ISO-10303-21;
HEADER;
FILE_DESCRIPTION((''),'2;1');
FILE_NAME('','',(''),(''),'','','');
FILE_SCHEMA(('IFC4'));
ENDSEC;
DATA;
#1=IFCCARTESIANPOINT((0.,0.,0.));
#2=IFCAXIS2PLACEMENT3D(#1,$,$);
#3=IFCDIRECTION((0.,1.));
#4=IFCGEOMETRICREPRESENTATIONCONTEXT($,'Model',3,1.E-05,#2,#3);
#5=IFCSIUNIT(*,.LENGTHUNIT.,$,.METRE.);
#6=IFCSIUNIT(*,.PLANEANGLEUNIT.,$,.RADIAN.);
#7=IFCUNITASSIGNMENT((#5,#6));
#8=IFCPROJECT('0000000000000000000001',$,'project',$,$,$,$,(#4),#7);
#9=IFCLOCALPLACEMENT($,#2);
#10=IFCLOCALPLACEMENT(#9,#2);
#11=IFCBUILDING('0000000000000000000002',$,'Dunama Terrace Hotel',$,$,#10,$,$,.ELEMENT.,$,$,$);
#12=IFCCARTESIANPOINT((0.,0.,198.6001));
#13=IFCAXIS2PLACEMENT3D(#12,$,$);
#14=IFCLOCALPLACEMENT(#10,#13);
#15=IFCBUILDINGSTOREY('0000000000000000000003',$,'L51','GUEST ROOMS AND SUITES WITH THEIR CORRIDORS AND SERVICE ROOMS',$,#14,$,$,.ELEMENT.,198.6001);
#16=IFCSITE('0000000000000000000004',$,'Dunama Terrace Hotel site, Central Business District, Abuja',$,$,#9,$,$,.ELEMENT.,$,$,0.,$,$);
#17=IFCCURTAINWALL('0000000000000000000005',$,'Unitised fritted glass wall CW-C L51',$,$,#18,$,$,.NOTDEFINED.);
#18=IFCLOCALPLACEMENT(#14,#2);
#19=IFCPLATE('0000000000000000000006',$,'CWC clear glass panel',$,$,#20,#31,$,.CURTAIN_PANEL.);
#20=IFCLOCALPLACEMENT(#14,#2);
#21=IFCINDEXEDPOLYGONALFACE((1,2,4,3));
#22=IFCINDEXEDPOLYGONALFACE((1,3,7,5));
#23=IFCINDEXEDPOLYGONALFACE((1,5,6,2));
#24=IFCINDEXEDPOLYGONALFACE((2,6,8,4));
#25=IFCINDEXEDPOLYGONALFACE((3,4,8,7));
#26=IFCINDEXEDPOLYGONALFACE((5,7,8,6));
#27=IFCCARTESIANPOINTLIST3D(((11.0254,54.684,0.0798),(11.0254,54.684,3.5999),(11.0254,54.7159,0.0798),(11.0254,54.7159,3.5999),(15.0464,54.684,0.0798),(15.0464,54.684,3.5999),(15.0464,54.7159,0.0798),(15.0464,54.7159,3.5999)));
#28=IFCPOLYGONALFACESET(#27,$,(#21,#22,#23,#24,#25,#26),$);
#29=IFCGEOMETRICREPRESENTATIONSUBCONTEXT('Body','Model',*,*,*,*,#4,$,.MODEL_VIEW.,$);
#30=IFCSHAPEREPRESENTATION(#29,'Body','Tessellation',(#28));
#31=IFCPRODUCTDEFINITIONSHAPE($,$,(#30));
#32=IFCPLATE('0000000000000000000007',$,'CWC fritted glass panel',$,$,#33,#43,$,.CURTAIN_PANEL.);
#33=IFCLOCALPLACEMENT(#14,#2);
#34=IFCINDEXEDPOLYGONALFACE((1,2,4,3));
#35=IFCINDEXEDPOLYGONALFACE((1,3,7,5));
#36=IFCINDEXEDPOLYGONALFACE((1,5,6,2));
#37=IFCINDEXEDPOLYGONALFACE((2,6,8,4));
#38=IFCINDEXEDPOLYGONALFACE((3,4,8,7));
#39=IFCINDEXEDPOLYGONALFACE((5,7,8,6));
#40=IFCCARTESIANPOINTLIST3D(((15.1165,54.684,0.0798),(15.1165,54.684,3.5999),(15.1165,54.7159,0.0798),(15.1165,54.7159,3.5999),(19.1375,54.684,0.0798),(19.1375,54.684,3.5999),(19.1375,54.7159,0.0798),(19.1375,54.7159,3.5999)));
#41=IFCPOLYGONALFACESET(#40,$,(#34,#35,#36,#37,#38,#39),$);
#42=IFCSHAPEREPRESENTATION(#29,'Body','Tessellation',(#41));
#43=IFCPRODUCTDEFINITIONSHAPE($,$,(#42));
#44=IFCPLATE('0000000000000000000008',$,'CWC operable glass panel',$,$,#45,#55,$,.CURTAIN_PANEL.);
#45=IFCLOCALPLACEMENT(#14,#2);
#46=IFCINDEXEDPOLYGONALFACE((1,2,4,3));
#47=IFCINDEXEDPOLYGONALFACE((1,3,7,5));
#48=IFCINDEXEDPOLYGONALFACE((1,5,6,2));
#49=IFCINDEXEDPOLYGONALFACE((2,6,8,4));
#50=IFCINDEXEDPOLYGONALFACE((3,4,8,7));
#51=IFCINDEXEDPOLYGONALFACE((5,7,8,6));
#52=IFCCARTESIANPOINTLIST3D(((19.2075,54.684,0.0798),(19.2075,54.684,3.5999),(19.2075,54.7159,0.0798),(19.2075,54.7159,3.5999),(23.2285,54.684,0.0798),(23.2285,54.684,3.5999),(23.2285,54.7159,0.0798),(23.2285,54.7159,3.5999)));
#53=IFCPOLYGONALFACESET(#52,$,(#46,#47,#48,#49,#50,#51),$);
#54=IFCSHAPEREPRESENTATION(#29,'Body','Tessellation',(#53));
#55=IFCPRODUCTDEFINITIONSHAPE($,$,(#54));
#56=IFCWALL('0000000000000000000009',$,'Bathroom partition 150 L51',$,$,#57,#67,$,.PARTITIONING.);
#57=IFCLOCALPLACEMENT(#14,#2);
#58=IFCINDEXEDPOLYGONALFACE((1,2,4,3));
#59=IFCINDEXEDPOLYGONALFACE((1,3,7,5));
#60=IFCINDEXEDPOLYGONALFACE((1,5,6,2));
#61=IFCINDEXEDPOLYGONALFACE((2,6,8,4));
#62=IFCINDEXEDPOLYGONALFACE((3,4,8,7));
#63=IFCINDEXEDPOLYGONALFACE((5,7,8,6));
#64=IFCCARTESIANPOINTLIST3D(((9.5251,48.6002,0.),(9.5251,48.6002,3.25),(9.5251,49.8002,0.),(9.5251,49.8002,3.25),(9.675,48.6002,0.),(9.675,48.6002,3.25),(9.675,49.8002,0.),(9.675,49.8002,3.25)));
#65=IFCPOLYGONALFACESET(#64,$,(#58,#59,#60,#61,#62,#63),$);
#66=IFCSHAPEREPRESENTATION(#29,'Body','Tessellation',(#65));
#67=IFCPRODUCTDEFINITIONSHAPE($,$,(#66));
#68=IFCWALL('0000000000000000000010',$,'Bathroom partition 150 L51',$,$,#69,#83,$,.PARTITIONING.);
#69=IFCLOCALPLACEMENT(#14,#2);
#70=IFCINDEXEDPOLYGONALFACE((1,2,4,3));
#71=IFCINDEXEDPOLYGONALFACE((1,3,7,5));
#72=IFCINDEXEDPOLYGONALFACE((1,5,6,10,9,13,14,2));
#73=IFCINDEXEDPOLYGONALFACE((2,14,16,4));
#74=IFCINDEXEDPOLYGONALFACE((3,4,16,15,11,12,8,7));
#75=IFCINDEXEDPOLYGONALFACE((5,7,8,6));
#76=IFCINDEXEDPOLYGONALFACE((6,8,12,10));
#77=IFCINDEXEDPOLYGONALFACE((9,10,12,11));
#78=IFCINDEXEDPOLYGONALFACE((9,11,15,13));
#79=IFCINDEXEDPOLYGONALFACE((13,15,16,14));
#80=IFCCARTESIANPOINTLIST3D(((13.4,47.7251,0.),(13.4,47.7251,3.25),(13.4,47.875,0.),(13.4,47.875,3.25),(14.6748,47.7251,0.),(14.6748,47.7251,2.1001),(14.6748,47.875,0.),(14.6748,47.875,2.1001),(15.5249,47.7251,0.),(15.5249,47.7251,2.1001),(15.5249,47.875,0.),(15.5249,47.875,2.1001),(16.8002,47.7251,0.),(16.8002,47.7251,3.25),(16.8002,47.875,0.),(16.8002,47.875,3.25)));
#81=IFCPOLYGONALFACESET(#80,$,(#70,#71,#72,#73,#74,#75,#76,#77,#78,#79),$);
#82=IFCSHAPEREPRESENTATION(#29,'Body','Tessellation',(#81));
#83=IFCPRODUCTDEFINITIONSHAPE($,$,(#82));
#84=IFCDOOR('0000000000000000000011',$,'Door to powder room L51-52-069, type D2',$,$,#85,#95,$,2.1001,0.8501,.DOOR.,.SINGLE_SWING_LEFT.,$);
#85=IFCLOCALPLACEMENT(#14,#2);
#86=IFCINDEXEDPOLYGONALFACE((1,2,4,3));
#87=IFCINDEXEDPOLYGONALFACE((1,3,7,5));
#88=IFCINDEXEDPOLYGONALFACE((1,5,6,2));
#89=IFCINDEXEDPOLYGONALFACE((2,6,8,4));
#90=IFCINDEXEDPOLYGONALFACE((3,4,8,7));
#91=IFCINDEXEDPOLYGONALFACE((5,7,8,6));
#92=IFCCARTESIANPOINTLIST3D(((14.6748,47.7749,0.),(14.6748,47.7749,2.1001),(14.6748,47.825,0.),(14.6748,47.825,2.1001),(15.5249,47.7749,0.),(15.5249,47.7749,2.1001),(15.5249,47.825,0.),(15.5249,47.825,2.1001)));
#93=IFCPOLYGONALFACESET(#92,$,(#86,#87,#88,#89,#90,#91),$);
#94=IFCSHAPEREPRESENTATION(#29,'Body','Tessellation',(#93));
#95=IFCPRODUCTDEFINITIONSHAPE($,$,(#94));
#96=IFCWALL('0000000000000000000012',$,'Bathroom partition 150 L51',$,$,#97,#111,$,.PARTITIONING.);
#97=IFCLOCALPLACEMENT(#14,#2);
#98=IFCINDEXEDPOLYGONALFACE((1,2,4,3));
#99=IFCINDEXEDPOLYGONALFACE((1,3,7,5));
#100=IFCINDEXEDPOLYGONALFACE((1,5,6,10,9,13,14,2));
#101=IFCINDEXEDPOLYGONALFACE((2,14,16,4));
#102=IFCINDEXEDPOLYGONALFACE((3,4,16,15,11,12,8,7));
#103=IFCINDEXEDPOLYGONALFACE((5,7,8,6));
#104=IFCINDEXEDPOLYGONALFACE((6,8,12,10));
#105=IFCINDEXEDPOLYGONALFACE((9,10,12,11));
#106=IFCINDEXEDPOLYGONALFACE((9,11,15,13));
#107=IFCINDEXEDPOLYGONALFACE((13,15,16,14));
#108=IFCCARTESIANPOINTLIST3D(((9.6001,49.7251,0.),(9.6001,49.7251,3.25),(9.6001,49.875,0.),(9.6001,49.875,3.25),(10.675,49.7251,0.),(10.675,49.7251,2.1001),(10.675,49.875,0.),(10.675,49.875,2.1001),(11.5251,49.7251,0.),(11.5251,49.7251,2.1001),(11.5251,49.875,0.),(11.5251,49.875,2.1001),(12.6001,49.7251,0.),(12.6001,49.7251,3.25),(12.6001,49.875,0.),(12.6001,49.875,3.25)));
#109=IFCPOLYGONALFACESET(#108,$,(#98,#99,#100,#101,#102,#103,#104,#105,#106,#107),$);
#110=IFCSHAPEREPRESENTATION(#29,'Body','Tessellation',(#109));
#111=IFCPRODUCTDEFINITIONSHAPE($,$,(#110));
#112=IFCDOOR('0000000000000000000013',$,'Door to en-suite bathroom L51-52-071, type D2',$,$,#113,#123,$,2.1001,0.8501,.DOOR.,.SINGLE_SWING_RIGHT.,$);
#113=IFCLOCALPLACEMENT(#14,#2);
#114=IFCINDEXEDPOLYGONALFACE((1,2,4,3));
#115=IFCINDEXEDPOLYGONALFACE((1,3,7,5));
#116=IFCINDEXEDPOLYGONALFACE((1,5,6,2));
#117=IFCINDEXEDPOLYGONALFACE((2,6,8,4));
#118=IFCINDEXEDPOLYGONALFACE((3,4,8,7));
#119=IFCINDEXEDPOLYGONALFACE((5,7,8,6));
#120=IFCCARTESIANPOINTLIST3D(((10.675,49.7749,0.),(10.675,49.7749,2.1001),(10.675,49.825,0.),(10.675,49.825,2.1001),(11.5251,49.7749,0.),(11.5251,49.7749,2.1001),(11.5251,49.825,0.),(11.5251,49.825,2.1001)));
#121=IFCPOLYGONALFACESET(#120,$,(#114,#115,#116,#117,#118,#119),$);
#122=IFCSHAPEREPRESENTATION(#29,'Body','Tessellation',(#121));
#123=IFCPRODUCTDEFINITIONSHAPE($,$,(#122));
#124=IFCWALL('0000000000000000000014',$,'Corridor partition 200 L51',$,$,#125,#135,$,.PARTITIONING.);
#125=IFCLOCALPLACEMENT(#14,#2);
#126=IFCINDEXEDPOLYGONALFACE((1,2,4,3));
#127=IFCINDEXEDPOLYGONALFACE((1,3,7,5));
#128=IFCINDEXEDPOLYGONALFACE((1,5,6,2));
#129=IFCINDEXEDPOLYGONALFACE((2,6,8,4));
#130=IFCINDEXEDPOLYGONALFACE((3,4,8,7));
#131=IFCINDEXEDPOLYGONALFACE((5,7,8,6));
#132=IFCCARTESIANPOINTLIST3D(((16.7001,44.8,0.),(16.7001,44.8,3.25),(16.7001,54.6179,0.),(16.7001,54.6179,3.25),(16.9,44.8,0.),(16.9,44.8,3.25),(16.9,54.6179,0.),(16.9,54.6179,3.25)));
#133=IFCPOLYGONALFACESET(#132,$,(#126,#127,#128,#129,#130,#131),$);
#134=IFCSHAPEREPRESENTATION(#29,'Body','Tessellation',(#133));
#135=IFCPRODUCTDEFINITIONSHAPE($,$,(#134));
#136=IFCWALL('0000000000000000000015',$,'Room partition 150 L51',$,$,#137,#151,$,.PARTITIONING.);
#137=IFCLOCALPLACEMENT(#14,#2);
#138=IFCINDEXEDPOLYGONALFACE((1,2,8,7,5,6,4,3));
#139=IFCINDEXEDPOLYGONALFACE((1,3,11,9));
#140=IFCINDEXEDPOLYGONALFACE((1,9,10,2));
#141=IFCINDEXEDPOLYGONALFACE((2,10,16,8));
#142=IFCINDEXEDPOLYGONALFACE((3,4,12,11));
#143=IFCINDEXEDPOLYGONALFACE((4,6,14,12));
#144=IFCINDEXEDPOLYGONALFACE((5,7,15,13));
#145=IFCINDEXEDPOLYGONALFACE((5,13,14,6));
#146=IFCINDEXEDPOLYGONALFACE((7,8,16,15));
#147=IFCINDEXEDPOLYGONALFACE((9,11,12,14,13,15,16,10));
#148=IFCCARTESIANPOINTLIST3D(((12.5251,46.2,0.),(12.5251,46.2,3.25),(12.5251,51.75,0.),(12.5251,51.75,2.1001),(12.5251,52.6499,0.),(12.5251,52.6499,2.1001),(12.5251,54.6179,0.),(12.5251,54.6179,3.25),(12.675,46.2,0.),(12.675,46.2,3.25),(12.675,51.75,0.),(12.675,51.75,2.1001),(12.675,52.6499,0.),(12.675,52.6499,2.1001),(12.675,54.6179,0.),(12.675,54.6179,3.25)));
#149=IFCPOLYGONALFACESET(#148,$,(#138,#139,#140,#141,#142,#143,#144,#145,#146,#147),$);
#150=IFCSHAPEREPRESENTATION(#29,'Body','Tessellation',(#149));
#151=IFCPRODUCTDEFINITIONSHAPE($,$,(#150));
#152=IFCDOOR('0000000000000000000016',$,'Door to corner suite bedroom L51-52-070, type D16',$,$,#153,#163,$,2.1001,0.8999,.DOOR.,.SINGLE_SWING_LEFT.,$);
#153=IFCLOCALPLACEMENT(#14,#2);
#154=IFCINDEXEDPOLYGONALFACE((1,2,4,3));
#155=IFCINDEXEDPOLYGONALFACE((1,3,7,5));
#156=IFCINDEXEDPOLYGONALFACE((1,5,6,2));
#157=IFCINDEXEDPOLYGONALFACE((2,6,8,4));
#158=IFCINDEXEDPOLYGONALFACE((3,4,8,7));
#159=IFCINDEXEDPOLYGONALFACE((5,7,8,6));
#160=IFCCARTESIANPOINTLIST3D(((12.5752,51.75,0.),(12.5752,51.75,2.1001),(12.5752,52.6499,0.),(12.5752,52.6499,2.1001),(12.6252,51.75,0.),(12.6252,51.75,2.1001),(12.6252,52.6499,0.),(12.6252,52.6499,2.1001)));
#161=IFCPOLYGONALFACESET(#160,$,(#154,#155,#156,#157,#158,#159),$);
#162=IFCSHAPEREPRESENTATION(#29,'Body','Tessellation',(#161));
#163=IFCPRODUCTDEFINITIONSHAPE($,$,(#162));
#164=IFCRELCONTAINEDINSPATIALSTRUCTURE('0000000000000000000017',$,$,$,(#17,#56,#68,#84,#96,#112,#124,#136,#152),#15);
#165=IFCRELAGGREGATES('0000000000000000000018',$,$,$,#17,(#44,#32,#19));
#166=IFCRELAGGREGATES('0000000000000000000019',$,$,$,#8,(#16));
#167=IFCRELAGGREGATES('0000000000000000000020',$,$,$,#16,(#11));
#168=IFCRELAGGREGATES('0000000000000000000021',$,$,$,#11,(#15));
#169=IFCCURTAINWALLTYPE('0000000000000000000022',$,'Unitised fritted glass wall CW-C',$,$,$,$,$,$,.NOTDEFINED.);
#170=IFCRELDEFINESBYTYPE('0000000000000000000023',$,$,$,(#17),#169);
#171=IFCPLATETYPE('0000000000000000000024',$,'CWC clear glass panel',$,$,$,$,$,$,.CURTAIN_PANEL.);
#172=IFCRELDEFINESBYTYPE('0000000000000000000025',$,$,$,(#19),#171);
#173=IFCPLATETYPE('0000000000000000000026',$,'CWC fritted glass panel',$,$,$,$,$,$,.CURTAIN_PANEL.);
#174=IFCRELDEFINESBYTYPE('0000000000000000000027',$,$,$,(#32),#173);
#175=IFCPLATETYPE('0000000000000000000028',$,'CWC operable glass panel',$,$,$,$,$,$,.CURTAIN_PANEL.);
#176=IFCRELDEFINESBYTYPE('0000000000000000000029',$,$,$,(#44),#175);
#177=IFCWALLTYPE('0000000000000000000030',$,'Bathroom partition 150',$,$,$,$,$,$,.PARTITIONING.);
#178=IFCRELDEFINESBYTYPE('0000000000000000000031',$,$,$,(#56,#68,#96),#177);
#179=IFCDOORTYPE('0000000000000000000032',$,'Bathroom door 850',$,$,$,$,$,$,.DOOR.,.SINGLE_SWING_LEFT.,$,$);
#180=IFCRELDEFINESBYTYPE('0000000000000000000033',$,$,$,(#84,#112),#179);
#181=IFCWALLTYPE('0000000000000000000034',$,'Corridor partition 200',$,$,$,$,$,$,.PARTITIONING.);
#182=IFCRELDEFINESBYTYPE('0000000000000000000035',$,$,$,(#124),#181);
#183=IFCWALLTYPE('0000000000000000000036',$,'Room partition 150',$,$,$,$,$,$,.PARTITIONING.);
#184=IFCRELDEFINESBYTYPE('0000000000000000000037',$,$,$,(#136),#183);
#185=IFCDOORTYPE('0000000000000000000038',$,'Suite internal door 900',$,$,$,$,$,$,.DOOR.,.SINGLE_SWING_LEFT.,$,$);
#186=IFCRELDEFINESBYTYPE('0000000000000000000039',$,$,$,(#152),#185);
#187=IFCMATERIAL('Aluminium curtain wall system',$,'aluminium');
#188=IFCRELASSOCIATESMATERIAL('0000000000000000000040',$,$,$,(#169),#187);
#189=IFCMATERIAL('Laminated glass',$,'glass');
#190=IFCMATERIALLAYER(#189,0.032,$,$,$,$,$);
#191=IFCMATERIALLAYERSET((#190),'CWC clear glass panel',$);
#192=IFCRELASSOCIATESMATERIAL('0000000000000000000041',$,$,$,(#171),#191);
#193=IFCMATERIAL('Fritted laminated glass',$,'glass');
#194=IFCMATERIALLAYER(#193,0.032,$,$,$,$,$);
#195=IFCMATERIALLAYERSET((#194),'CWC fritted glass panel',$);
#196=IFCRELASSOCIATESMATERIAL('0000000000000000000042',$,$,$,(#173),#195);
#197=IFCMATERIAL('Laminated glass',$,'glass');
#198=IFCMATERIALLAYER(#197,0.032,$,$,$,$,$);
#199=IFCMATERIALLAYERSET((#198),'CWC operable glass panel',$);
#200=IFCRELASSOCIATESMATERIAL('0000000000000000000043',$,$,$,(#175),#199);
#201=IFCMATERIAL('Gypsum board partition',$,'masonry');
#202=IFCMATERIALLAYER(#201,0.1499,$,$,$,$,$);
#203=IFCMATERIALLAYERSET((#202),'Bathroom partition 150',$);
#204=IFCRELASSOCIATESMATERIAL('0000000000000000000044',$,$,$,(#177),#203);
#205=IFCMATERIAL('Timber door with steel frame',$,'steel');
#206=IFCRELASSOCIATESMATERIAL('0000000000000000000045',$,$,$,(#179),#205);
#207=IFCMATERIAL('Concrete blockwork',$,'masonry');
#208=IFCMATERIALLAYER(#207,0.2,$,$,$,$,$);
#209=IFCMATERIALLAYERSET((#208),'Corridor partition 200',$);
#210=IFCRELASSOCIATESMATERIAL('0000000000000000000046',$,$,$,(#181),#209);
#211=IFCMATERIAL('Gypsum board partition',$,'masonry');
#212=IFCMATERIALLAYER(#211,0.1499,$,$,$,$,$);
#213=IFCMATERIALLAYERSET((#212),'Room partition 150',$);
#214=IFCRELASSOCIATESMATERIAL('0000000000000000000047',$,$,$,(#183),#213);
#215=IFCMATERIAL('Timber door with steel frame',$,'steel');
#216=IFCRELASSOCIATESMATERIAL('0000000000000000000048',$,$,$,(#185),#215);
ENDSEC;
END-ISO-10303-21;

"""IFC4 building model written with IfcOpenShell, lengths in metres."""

from ifc_helpers import new_model, si_unit, direction, frame, frame_2d, origin, origin_2d, place, context, subcontext, project, spatial, rectangle, extrude, material, layer, layer_set, type_object, element, fill, aggregate, save


model = new_model("IFC4")

# Units and contexts
model_context = context("Model", 3, precision=1e-05, world=origin(), true_north=direction((0.0, 1.0)))
body_context = subcontext(model_context, "Body", "Model", "MODEL_VIEW")
ifc_project = project(units=[si_unit("LENGTHUNIT", "METRE"), si_unit("PLANEANGLEUNIT", "RADIAN")], contexts=[model_context])

# Site, building, storey
site_placement = place(None, origin())
site = spatial("IfcSite", under=ifc_project, at=site_placement, Name="Dunama Terrace Hotel site, Central Business District, Abuja", CompositionType="ELEMENT", RefElevation=0.0)
building_placement = place(site_placement, origin())
building = spatial("IfcBuilding", under=site, at=building_placement, Name="Dunama Terrace Hotel", CompositionType="ELEMENT")
storey_placement = place(building_placement, frame((0.0, 0.0, 198.6001)))
storey = spatial("IfcBuildingStorey", under=building, at=storey_placement, Name="L51", Description="GUEST ROOMS AND SUITES WITH THEIR CORRIDORS AND SERVICE ROOMS", CompositionType="ELEMENT", Elevation=198.6001)

# Curtain wall
ifc_material_1 = material(Name="Aluminium curtain wall system", Category="aluminium")
curtain_wall_type = type_object("IfcCurtainWallType", Name="Unitised fritted glass wall CW-C", PredefinedType="NOTDEFINED", material=ifc_material_1)
curtain_wall_placement = place(storey_placement, origin())
curtain_wall = element("IfcCurtainWall", 1, at=curtain_wall_placement, inside=storey, type_object=curtain_wall_type, Name="Unitised fritted glass wall CW-C L51", PredefinedType="NOTDEFINED")

# Plates
ifc_material_2 = material(Name="Laminated glass", Category="glass")
ifc_layer_1 = layer(ifc_material_2, 0.032)
ifc_layer_set_1 = layer_set([ifc_layer_1], Name="CWC clear glass panel")
plate_type_1 = type_object("IfcPlateType", Name="CWC clear glass panel", PredefinedType="CURTAIN_PANEL", material=ifc_layer_set_1)
plate_1_placement = place(storey_placement, frame((13.0359, 54.7, 0.0798), z_axis=(0.0, 0.0, 1.0), x_axis=(-1.0, 0.0, 0.0)))
plate_1 = element("IfcPlate", 2, at=plate_1_placement, type_object=plate_type_1, Name="CWC clear glass panel", PredefinedType="CURTAIN_PANEL", context=body_context, shape_type="SweptSolid", body=[
    extrude(rectangle(XDim=4.021, YDim=0.032, at=origin_2d()), origin(), (0.0, 0.0, 1.0), 3.52),
])
ifc_material_3 = material(Name="Fritted laminated glass", Category="glass")
ifc_layer_2 = layer(ifc_material_3, 0.032)
ifc_layer_set_2 = layer_set([ifc_layer_2], Name="CWC fritted glass panel")
plate_type_2 = type_object("IfcPlateType", Name="CWC fritted glass panel", PredefinedType="CURTAIN_PANEL", material=ifc_layer_set_2)
plate_2_placement = place(storey_placement, frame((17.127, 54.7, 0.0798), z_axis=(0.0, 0.0, 1.0), x_axis=(-1.0, 0.0, 0.0)))
plate_2 = element("IfcPlate", 3, at=plate_2_placement, type_object=plate_type_2, Name="CWC fritted glass panel", PredefinedType="CURTAIN_PANEL", context=body_context, shape_type="SweptSolid", body=[
    extrude(rectangle(XDim=4.021, YDim=0.032, at=origin_2d()), origin(), (0.0, 0.0, 1.0), 3.52),
])
ifc_material_4 = material(Name="Laminated glass", Category="glass")
ifc_layer_3 = layer(ifc_material_4, 0.032)
ifc_layer_set_3 = layer_set([ifc_layer_3], Name="CWC operable glass panel")
plate_type_3 = type_object("IfcPlateType", Name="CWC operable glass panel", PredefinedType="CURTAIN_PANEL", material=ifc_layer_set_3)
plate_3_placement = place(storey_placement, frame((21.218, 54.7, 0.0798), z_axis=(0.0, 0.0, 1.0), x_axis=(-1.0, 0.0, 0.0)))
plate_3 = element("IfcPlate", 4, at=plate_3_placement, type_object=plate_type_3, Name="CWC operable glass panel", PredefinedType="CURTAIN_PANEL", context=body_context, shape_type="SweptSolid", body=[
    extrude(rectangle(XDim=4.021, YDim=0.032, at=origin_2d()), origin(), (0.0, 0.0, 1.0), 3.52),
])
aggregate(curtain_wall, [plate_3, plate_2, plate_1])

# Wall
ifc_material_5 = material(Name="Gypsum board partition", Category="masonry")
ifc_layer_4 = layer(ifc_material_5, 0.1499)
ifc_layer_set_4 = layer_set([ifc_layer_4], Name="Bathroom partition 150")
wall_type_1 = type_object("IfcWallType", Name="Bathroom partition 150", PredefinedType="PARTITIONING", material=ifc_layer_set_4)
wall_1_placement = place(storey_placement, frame((9.6001, 48.6001, 0.0), z_axis=(0.0, 0.0, 1.0), x_axis=(0.0, 1.0, 0.0)))
element("IfcWall", 5, at=wall_1_placement, inside=storey, type_object=wall_type_1, Name="Bathroom partition 150 L51", PredefinedType="PARTITIONING", context=body_context, shape_type="SweptSolid", body=[
    extrude(rectangle(XDim=1.2, YDim=0.1499, at=frame_2d((0.6001, 0.0))), origin(), (0.0, 0.0, 1.0), 3.25),
])

# Walls, openings, doors
wall_2_placement = place(storey_placement, frame((13.3999, 47.8, 0.0), z_axis=(0.0, 0.0, 1.0), x_axis=(1.0, 0.0, 0.0)))
wall_2 = element("IfcWall", 6, at=wall_2_placement, inside=storey, type_object=wall_type_1, Name="Bathroom partition 150 L51", PredefinedType="PARTITIONING", context=body_context, shape_type="SweptSolid", body=[
    extrude(rectangle(XDim=3.4001, YDim=0.1499, at=frame_2d((1.7002, 0.0))), origin(), (0.0, 0.0, 1.0), 3.25),
])
opening_1_placement = place(wall_2_placement, frame((1.2749, 0.0, 0.0)))
opening_1 = element("IfcOpeningElement", 7, at=opening_1_placement, cuts=wall_2, PredefinedType="OPENING", context=body_context, shape_type="SweptSolid", body=[
    extrude(rectangle(XDim=0.8501, YDim=2.1001, at=frame_2d((0.425, 1.05))), frame((0.0, 0.085, 0.0), z_axis=(0.0, -1.0, 0.0), x_axis=(1.0, 0.0, 0.0)), (0.0, 0.0, 1.0), 0.1699),
])
ifc_material_6 = material(Name="Timber door with steel frame", Category="steel")
door_type_1 = type_object("IfcDoorType", Name="Bathroom door 850", OperationType="SINGLE_SWING_LEFT", PredefinedType="DOOR", material=ifc_material_6)
door_1_placement = place(opening_1_placement, frame((0.8501, 0.0, 0.0), z_axis=(0.0, 0.0, 1.0), x_axis=(-1.0, 0.0, 0.0)))
door_1 = element("IfcDoor", 8, at=door_1_placement, inside=storey, type_object=door_type_1, Name="Door to powder room L51-52-069, type D2", OperationType="SINGLE_SWING_LEFT", OverallHeight=2.1001, OverallWidth=0.8501, PredefinedType="DOOR", context=body_context, shape_type="SweptSolid", body=[
    extrude(rectangle(XDim=0.8501, YDim=2.1001, at=frame_2d((0.425, 1.05))), frame((0.0, 0.0251, 0.0), z_axis=(0.0, -1.0, 0.0), x_axis=(1.0, 0.0, 0.0)), (0.0, 0.0, 1.0), 0.05),
])
fill(opening_1, door_1)
wall_3_placement = place(storey_placement, frame((9.6001, 49.8, 0.0), z_axis=(0.0, 0.0, 1.0), x_axis=(1.0, 0.0, 0.0)))
wall_3 = element("IfcWall", 9, at=wall_3_placement, inside=storey, type_object=wall_type_1, Name="Bathroom partition 150 L51", PredefinedType="PARTITIONING", context=body_context, shape_type="SweptSolid", body=[
    extrude(rectangle(XDim=3.0, YDim=0.1499, at=frame_2d((1.5, 0.0))), origin(), (0.0, 0.0, 1.0), 3.25),
])
opening_2_placement = place(wall_3_placement, frame((1.075, 0.0, 0.0)))
opening_2 = element("IfcOpeningElement", 10, at=opening_2_placement, cuts=wall_3, PredefinedType="OPENING", context=body_context, shape_type="SweptSolid", body=[
    extrude(rectangle(XDim=0.8501, YDim=2.1001, at=frame_2d((0.425, 1.05))), frame((0.0, 0.085, 0.0), z_axis=(0.0, -1.0, 0.0), x_axis=(1.0, 0.0, 0.0)), (0.0, 0.0, 1.0), 0.1699),
])
door_2_placement = place(opening_2_placement, frame((0.8501, 0.0, 0.0), z_axis=(0.0, 0.0, 1.0), x_axis=(-1.0, 0.0, 0.0)))
door_2 = element("IfcDoor", 11, at=door_2_placement, inside=storey, type_object=door_type_1, Name="Door to en-suite bathroom L51-52-071, type D2", OperationType="SINGLE_SWING_RIGHT", OverallHeight=2.1001, OverallWidth=0.8501, PredefinedType="DOOR", context=body_context, shape_type="SweptSolid", body=[
    extrude(rectangle(XDim=0.8501, YDim=2.1001, at=frame_2d((0.425, 1.05))), frame((0.0, 0.0251, 0.0), z_axis=(0.0, -1.0, 0.0), x_axis=(1.0, 0.0, 0.0)), (0.0, 0.0, 1.0), 0.05),
])
fill(opening_2, door_2)

# Wall
ifc_material_7 = material(Name="Concrete blockwork", Category="masonry")
ifc_layer_5 = layer(ifc_material_7, 0.2)
ifc_layer_set_5 = layer_set([ifc_layer_5], Name="Corridor partition 200")
wall_type_2 = type_object("IfcWallType", Name="Corridor partition 200", PredefinedType="PARTITIONING", material=ifc_layer_set_5)
wall_4_placement = place(storey_placement, frame((16.8, 44.8, 0.0), z_axis=(0.0, 0.0, 1.0), x_axis=(0.0, 1.0, 0.0)))
element("IfcWall", 12, at=wall_4_placement, inside=storey, type_object=wall_type_2, Name="Corridor partition 200 L51", PredefinedType="PARTITIONING", context=body_context, shape_type="SweptSolid", body=[
    extrude(rectangle(XDim=9.8179, YDim=0.2, at=frame_2d((4.9089, 0.0))), origin(), (0.0, 0.0, 1.0), 3.25),
])

# Wall, opening, door
ifc_material_8 = material(Name="Gypsum board partition", Category="masonry")
ifc_layer_6 = layer(ifc_material_8, 0.1499)
ifc_layer_set_6 = layer_set([ifc_layer_6], Name="Room partition 150")
wall_type_3 = type_object("IfcWallType", Name="Room partition 150", PredefinedType="PARTITIONING", material=ifc_layer_set_6)
wall_5_placement = place(storey_placement, frame((12.6001, 46.2, 0.0), z_axis=(0.0, 0.0, 1.0), x_axis=(0.0, 1.0, 0.0)))
wall_5 = element("IfcWall", 13, at=wall_5_placement, inside=storey, type_object=wall_type_3, Name="Room partition 150 L51", PredefinedType="PARTITIONING", context=body_context, shape_type="SweptSolid", body=[
    extrude(rectangle(XDim=8.418, YDim=0.1499, at=frame_2d((4.209, 0.0))), origin(), (0.0, 0.0, 1.0), 3.25),
])
opening_3_placement = place(wall_5_placement, frame((5.55, 0.0, 0.0)))
opening_3 = element("IfcOpeningElement", 14, at=opening_3_placement, cuts=wall_5, PredefinedType="OPENING", context=body_context, shape_type="SweptSolid", body=[
    extrude(rectangle(XDim=0.8999, YDim=2.1001, at=frame_2d((0.45, 1.05))), frame((0.0, 0.085, 0.0), z_axis=(0.0, -1.0, 0.0), x_axis=(1.0, 0.0, 0.0)), (0.0, 0.0, 1.0), 0.1699),
])
ifc_material_9 = material(Name="Timber door with steel frame", Category="steel")
door_type_2 = type_object("IfcDoorType", Name="Suite internal door 900", OperationType="SINGLE_SWING_LEFT", PredefinedType="DOOR", material=ifc_material_9)
door_3_placement = place(opening_3_placement, origin())
door_3 = element("IfcDoor", 15, at=door_3_placement, inside=storey, type_object=door_type_2, Name="Door to corner suite bedroom L51-52-070, type D16", OperationType="SINGLE_SWING_LEFT", OverallHeight=2.1001, OverallWidth=0.8999, PredefinedType="DOOR", context=body_context, shape_type="SweptSolid", body=[
    extrude(rectangle(XDim=0.8999, YDim=2.1001, at=frame_2d((0.45, 1.05))), frame((0.0, 0.0249, 0.0), z_axis=(0.0, -1.0, 0.0), x_axis=(1.0, 0.0, 0.0)), (0.0, 0.0, 1.0), 0.05),
])
fill(opening_3, door_3)

save(model, "model.ifc")
